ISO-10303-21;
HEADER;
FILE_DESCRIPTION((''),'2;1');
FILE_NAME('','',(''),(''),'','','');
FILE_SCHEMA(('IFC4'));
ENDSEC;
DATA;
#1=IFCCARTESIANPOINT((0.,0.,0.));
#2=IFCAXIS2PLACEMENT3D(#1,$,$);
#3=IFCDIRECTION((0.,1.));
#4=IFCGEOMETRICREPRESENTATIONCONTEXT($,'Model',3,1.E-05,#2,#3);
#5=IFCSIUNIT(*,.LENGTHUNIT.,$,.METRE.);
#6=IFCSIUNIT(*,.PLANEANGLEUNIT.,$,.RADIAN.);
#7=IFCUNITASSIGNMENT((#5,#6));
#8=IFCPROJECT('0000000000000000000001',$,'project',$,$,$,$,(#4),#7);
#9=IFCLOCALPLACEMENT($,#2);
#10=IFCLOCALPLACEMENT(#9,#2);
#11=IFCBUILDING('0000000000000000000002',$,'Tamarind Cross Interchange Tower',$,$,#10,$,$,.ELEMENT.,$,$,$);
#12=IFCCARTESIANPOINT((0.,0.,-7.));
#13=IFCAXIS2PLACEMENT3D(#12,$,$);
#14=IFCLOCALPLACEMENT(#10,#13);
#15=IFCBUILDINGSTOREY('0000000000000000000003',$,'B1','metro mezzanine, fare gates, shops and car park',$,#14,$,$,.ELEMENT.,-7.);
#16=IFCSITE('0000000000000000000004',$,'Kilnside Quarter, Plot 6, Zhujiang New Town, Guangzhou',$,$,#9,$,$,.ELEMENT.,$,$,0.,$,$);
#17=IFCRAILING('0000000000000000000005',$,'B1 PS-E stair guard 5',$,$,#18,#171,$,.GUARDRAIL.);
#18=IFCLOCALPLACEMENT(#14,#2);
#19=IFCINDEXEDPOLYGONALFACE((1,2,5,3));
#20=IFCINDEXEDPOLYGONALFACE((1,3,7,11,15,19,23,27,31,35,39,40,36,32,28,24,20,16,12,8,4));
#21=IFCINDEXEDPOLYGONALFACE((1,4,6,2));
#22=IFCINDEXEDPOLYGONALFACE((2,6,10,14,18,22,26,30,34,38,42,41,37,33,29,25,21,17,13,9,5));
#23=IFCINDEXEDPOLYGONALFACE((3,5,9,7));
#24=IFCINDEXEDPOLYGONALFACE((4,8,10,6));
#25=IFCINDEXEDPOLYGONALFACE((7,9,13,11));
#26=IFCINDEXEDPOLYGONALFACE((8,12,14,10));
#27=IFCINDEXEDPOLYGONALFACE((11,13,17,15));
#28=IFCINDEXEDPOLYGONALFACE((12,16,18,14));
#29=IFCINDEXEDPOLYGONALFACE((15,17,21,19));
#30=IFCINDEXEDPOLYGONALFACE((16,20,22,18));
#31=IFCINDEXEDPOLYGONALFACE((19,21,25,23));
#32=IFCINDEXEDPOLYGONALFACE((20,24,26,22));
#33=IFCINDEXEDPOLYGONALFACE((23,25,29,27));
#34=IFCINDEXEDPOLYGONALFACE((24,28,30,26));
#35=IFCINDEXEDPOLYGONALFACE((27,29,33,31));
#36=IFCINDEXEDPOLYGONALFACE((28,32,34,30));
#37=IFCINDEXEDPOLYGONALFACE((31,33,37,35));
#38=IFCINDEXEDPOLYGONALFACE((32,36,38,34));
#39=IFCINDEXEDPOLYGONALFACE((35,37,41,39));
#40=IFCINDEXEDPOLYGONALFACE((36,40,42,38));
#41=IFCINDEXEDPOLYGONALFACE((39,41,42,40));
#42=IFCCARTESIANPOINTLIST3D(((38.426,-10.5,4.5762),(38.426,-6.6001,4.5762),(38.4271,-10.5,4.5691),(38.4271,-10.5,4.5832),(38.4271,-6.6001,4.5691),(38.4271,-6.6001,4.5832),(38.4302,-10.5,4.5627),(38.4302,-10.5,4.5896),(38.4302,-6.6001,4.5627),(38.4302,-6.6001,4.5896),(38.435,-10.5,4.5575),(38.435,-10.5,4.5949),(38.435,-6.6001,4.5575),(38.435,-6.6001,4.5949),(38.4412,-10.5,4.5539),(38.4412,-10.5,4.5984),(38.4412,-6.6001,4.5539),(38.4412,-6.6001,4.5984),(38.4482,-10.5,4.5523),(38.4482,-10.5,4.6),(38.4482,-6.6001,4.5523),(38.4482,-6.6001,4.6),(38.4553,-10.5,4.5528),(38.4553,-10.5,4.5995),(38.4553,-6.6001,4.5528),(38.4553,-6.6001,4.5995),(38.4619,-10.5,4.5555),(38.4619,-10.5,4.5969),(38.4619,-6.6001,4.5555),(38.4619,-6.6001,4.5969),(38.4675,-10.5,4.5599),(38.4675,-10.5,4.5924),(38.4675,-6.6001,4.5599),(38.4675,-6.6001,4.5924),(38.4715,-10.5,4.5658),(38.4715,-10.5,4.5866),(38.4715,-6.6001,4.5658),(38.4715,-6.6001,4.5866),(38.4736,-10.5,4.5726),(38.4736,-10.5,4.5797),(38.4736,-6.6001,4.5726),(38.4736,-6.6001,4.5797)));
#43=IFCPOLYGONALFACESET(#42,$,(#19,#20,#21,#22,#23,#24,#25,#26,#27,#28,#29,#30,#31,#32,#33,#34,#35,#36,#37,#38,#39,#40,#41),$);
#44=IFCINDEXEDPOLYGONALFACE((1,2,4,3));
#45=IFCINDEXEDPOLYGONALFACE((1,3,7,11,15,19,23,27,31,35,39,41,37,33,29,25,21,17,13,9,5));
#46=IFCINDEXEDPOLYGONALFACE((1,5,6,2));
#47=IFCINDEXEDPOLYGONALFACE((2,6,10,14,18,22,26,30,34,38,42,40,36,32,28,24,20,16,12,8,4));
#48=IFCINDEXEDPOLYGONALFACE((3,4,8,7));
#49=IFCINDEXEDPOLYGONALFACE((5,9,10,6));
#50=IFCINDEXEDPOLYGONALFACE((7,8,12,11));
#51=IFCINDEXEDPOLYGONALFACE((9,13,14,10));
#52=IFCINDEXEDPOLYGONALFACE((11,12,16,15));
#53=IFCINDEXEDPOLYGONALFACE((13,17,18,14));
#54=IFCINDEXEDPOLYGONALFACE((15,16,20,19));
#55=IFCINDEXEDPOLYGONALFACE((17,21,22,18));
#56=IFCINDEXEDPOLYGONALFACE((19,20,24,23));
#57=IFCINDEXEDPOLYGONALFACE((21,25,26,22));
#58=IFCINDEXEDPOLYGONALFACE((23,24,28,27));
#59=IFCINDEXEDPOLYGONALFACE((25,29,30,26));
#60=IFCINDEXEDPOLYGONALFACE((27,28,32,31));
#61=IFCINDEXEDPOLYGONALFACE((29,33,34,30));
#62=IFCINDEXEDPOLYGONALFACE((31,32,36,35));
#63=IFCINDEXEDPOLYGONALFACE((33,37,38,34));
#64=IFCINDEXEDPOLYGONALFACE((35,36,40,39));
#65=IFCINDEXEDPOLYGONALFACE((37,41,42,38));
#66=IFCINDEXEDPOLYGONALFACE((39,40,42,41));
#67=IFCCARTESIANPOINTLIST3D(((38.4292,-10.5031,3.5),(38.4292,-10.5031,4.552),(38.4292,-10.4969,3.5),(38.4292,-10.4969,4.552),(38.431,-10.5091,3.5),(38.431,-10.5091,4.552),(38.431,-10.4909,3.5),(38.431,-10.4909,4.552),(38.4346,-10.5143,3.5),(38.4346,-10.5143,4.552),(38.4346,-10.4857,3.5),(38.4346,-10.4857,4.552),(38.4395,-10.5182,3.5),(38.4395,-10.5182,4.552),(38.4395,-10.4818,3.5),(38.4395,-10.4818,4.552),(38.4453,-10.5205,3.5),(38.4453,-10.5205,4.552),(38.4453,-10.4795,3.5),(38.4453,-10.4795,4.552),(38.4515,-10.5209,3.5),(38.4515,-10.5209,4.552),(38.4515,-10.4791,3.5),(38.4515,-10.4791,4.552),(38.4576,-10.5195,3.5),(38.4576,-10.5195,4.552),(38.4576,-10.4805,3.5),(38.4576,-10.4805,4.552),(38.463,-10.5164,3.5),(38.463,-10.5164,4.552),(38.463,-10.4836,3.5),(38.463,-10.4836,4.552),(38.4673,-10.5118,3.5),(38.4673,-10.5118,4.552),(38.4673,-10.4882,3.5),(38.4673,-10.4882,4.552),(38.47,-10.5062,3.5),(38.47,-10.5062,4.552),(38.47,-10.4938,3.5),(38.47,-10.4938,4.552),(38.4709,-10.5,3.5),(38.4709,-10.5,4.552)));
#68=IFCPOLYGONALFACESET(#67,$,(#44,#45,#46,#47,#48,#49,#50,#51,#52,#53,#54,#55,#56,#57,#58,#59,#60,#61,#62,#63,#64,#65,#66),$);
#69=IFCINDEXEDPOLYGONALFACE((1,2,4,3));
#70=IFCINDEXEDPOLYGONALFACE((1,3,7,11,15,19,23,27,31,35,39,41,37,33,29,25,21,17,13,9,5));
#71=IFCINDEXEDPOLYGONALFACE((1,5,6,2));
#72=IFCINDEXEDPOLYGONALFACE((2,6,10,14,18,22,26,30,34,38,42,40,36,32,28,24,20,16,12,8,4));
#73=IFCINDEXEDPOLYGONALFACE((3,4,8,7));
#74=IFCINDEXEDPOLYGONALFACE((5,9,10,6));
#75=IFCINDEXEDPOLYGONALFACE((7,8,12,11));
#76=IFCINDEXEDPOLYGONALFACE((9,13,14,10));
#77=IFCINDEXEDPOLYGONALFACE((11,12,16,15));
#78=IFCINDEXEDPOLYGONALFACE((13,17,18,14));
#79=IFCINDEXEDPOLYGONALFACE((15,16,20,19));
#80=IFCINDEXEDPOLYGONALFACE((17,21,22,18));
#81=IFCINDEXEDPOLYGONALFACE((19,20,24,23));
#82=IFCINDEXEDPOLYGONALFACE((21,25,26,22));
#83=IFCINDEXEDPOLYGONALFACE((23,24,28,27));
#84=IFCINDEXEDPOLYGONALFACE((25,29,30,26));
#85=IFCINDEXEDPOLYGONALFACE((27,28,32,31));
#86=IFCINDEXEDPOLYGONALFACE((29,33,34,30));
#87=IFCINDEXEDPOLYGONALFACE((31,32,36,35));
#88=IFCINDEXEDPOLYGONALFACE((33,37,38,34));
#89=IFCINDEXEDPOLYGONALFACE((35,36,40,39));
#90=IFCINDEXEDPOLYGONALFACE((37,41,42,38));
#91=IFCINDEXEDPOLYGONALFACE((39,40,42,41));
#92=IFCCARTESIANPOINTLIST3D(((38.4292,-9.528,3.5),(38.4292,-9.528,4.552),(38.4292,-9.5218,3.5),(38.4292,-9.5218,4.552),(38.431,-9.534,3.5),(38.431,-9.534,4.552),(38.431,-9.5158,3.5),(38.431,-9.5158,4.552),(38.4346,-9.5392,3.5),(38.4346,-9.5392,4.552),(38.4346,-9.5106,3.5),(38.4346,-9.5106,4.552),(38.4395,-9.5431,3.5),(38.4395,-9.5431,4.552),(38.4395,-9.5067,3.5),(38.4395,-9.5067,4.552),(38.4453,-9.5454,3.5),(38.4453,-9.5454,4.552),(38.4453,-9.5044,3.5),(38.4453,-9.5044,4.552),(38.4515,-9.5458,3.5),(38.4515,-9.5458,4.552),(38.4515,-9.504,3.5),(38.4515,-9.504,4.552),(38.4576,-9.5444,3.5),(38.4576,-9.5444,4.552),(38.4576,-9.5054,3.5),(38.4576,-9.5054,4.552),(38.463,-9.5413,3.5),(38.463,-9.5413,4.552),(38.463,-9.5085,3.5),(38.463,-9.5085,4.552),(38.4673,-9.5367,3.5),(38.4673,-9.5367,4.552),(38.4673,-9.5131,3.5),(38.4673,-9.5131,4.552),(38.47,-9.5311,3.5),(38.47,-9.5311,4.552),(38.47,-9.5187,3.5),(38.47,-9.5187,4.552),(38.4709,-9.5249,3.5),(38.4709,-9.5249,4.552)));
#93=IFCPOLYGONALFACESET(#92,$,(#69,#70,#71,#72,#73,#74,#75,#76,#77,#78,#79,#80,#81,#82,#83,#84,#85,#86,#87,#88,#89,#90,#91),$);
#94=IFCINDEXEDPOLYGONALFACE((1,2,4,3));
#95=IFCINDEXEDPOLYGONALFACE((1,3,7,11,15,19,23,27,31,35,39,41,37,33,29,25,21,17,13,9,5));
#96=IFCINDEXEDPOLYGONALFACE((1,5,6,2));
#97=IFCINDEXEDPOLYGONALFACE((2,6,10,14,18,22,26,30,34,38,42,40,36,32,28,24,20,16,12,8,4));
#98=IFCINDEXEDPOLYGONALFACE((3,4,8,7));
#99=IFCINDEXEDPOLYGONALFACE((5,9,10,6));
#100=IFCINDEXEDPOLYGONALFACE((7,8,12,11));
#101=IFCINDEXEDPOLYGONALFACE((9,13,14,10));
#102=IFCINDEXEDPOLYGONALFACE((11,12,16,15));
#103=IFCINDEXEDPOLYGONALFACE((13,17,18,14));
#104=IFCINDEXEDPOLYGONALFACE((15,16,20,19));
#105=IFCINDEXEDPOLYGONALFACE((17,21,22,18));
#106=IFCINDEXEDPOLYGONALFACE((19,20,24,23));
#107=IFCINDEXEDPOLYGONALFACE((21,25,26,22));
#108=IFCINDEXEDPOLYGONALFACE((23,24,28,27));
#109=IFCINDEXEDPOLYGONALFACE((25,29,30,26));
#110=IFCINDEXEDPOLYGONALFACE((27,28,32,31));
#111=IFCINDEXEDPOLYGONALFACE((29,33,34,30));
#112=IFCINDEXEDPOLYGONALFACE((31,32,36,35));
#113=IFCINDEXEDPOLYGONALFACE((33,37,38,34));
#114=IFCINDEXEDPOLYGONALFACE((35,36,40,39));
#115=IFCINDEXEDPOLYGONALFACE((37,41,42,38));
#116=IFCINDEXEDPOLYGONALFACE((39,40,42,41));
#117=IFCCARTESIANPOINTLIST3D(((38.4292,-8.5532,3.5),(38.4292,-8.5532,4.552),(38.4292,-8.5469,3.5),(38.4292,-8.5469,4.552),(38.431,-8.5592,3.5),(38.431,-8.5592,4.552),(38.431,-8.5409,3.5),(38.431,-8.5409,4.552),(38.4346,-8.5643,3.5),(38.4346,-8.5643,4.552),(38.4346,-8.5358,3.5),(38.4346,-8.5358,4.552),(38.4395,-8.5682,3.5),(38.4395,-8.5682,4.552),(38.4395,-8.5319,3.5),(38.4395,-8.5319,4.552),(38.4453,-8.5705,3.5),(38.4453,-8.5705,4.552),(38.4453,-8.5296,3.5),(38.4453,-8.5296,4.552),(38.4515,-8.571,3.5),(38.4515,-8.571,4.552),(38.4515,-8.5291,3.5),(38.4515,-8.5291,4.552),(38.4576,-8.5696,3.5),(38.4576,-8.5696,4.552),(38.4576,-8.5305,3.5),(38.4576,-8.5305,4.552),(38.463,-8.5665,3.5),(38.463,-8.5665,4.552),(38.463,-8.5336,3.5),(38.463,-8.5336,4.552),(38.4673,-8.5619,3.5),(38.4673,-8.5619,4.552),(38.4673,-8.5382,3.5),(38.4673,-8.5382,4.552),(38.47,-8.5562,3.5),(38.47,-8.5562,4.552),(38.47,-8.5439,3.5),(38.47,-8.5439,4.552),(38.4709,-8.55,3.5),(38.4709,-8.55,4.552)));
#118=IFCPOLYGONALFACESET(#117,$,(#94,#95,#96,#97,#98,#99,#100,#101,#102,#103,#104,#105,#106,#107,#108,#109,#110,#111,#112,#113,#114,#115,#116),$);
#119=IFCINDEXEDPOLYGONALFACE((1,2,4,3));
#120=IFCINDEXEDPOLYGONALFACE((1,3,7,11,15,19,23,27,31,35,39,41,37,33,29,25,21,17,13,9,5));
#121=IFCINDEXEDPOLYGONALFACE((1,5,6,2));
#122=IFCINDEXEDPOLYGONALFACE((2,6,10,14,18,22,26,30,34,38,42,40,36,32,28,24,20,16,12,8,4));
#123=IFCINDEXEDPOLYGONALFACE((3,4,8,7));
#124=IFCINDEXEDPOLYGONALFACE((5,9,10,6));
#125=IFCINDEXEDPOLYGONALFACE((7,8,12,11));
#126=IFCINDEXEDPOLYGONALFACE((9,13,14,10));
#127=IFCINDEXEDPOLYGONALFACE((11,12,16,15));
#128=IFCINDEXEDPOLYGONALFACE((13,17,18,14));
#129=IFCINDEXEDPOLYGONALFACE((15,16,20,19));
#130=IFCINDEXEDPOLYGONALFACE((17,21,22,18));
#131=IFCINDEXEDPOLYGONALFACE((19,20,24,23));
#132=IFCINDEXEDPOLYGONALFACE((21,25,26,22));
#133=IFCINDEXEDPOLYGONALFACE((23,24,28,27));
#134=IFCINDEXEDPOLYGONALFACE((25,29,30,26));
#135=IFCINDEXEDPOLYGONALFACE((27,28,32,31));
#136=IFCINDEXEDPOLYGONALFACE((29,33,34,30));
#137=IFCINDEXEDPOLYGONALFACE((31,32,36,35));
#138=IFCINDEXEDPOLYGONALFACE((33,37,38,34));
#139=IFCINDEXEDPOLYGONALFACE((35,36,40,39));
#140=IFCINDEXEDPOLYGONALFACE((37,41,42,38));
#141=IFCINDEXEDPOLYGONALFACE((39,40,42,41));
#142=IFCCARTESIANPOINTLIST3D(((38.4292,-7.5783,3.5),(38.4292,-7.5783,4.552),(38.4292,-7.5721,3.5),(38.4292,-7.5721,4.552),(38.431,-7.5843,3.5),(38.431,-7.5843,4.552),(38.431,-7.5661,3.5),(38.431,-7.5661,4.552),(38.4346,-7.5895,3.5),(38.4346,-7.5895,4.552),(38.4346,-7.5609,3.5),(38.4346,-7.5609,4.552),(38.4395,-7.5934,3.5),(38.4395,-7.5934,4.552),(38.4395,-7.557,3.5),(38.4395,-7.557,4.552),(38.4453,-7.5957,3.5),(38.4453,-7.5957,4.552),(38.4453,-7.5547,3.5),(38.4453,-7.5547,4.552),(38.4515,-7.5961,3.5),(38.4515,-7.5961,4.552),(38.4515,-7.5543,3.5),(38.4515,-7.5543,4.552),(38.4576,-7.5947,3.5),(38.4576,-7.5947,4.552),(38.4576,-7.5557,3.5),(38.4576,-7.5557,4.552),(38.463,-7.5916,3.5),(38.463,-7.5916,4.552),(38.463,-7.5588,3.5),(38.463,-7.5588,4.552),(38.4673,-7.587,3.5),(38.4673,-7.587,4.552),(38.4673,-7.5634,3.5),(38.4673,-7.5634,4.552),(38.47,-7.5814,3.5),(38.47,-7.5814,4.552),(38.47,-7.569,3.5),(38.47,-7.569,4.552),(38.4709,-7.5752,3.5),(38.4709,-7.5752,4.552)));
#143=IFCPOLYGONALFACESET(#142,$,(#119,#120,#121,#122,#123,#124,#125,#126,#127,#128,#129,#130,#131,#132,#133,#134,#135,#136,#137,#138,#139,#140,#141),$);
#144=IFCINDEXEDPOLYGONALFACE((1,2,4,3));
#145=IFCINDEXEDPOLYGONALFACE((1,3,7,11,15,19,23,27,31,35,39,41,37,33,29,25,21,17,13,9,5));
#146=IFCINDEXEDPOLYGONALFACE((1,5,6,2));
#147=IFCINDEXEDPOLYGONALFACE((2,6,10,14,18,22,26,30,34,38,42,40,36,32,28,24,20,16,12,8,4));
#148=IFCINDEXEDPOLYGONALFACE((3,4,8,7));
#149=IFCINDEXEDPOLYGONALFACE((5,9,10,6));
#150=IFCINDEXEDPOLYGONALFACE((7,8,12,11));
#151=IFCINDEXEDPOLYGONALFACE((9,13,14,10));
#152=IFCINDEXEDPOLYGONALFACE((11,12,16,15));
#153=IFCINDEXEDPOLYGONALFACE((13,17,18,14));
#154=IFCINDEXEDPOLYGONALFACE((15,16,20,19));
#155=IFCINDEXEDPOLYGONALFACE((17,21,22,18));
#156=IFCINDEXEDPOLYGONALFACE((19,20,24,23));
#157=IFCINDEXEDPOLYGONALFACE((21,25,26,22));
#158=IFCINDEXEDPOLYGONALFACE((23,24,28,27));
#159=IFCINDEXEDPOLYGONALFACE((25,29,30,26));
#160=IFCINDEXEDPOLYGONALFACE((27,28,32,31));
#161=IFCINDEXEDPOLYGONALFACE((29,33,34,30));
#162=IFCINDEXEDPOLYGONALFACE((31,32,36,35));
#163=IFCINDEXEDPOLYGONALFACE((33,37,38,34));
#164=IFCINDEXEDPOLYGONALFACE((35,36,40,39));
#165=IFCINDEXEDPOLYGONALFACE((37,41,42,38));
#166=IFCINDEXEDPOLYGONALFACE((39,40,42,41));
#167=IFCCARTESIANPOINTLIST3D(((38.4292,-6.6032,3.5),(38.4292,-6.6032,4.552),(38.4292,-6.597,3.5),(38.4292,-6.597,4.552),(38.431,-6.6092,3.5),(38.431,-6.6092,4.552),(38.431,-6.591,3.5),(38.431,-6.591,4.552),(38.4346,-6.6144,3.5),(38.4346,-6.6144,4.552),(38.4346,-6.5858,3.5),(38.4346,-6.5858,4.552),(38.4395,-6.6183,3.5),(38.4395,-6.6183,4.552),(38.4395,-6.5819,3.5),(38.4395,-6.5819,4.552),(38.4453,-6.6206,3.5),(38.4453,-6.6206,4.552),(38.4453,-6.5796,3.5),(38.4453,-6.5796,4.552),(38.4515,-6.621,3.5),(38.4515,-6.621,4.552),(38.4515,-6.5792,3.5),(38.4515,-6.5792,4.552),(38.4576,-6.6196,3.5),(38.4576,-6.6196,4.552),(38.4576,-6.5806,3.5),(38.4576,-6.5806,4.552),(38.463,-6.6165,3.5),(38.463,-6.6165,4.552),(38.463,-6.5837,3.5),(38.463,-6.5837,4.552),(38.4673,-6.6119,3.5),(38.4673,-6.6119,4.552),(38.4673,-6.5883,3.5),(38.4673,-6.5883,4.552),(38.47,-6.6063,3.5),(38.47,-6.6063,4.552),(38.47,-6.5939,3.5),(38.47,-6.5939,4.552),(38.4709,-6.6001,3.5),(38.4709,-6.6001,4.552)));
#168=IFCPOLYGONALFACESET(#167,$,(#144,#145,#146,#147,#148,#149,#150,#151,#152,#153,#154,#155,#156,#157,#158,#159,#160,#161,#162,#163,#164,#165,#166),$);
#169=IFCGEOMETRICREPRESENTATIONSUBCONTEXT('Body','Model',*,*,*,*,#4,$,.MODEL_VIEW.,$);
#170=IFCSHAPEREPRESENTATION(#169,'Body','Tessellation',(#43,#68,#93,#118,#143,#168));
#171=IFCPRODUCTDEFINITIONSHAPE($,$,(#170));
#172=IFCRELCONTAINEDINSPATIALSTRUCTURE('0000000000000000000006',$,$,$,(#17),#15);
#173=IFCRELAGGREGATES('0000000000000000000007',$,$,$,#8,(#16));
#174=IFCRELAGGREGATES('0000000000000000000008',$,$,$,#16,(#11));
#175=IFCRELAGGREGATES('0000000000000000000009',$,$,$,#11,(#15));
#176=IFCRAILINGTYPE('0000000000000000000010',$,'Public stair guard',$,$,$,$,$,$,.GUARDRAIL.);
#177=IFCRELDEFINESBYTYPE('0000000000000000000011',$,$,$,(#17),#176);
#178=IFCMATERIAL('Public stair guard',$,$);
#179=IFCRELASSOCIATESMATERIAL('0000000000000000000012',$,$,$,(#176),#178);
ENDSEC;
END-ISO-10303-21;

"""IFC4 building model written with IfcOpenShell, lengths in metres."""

from ifc_helpers import new_model, si_unit, direction, frame, origin, origin_2d, place, context, subcontext, project, spatial, circle, extrude, material, type_object, element, save


model = new_model("IFC4")

# Units and contexts
model_context = context("Model", 3, precision=1e-05, world=origin(), true_north=direction((0.0, 1.0)))
body_context = subcontext(model_context, "Body", "Model", "MODEL_VIEW")
ifc_project = project(units=[si_unit("LENGTHUNIT", "METRE"), si_unit("PLANEANGLEUNIT", "RADIAN")], contexts=[model_context])

# Site, building, storey
site_placement = place(None, origin())
site = spatial("IfcSite", under=ifc_project, at=site_placement, Name="Kilnside Quarter, Plot 6, Zhujiang New Town, Guangzhou", CompositionType="ELEMENT", RefElevation=0.0)
building_placement = place(site_placement, origin())
building = spatial("IfcBuilding", under=site, at=building_placement, Name="Tamarind Cross Interchange Tower", CompositionType="ELEMENT")
storey_placement = place(building_placement, frame((0.0, 0.0, -7.0)))
storey = spatial("IfcBuildingStorey", under=building, at=storey_placement, Name="B1", Description="metro mezzanine, fare gates, shops and car park", CompositionType="ELEMENT", Elevation=-7.0)

# Railing
ifc_material_1 = material(Name="Public stair guard")
railing_type_1 = type_object("IfcRailingType", Name="Public stair guard", PredefinedType="GUARDRAIL", material=ifc_material_1)
railing_1_placement = place(storey_placement, frame((38.45, -10.5, 3.5)))
element("IfcRailing", 1, at=railing_1_placement, inside=storey, type_object=railing_type_1, Name="B1 PS-E stair guard 5", PredefinedType="GUARDRAIL", context=body_context, shape_type="SweptSolid", body=[
    extrude(circle(Radius=0.0239, at=origin_2d()), frame((0.0, 0.0, 1.0762), z_axis=(0.0, 1.0, 0.0), x_axis=(-1.0, 0.0, 0.0)), (0.0, 0.0, 1.0), 3.8999),
    extrude(circle(Radius=0.021, at=origin_2d()), origin(), (0.0, 0.0, 1.0), 1.052),
    extrude(circle(Radius=0.021, at=origin_2d()), frame((0.0, 0.9751, 0.0)), (0.0, 0.0, 1.0), 1.052),
    extrude(circle(Radius=0.021, at=origin_2d()), frame((0.0, 1.95, 0.0)), (0.0, 0.0, 1.0), 1.052),
    extrude(circle(Radius=0.021, at=origin_2d()), frame((0.0, 2.9248, 0.0)), (0.0, 0.0, 1.0), 1.052),
    extrude(circle(Radius=0.021, at=origin_2d()), frame((0.0, 3.8999, 0.0)), (0.0, 0.0, 1.0), 1.052),
])

save(model, "model.ifc")
